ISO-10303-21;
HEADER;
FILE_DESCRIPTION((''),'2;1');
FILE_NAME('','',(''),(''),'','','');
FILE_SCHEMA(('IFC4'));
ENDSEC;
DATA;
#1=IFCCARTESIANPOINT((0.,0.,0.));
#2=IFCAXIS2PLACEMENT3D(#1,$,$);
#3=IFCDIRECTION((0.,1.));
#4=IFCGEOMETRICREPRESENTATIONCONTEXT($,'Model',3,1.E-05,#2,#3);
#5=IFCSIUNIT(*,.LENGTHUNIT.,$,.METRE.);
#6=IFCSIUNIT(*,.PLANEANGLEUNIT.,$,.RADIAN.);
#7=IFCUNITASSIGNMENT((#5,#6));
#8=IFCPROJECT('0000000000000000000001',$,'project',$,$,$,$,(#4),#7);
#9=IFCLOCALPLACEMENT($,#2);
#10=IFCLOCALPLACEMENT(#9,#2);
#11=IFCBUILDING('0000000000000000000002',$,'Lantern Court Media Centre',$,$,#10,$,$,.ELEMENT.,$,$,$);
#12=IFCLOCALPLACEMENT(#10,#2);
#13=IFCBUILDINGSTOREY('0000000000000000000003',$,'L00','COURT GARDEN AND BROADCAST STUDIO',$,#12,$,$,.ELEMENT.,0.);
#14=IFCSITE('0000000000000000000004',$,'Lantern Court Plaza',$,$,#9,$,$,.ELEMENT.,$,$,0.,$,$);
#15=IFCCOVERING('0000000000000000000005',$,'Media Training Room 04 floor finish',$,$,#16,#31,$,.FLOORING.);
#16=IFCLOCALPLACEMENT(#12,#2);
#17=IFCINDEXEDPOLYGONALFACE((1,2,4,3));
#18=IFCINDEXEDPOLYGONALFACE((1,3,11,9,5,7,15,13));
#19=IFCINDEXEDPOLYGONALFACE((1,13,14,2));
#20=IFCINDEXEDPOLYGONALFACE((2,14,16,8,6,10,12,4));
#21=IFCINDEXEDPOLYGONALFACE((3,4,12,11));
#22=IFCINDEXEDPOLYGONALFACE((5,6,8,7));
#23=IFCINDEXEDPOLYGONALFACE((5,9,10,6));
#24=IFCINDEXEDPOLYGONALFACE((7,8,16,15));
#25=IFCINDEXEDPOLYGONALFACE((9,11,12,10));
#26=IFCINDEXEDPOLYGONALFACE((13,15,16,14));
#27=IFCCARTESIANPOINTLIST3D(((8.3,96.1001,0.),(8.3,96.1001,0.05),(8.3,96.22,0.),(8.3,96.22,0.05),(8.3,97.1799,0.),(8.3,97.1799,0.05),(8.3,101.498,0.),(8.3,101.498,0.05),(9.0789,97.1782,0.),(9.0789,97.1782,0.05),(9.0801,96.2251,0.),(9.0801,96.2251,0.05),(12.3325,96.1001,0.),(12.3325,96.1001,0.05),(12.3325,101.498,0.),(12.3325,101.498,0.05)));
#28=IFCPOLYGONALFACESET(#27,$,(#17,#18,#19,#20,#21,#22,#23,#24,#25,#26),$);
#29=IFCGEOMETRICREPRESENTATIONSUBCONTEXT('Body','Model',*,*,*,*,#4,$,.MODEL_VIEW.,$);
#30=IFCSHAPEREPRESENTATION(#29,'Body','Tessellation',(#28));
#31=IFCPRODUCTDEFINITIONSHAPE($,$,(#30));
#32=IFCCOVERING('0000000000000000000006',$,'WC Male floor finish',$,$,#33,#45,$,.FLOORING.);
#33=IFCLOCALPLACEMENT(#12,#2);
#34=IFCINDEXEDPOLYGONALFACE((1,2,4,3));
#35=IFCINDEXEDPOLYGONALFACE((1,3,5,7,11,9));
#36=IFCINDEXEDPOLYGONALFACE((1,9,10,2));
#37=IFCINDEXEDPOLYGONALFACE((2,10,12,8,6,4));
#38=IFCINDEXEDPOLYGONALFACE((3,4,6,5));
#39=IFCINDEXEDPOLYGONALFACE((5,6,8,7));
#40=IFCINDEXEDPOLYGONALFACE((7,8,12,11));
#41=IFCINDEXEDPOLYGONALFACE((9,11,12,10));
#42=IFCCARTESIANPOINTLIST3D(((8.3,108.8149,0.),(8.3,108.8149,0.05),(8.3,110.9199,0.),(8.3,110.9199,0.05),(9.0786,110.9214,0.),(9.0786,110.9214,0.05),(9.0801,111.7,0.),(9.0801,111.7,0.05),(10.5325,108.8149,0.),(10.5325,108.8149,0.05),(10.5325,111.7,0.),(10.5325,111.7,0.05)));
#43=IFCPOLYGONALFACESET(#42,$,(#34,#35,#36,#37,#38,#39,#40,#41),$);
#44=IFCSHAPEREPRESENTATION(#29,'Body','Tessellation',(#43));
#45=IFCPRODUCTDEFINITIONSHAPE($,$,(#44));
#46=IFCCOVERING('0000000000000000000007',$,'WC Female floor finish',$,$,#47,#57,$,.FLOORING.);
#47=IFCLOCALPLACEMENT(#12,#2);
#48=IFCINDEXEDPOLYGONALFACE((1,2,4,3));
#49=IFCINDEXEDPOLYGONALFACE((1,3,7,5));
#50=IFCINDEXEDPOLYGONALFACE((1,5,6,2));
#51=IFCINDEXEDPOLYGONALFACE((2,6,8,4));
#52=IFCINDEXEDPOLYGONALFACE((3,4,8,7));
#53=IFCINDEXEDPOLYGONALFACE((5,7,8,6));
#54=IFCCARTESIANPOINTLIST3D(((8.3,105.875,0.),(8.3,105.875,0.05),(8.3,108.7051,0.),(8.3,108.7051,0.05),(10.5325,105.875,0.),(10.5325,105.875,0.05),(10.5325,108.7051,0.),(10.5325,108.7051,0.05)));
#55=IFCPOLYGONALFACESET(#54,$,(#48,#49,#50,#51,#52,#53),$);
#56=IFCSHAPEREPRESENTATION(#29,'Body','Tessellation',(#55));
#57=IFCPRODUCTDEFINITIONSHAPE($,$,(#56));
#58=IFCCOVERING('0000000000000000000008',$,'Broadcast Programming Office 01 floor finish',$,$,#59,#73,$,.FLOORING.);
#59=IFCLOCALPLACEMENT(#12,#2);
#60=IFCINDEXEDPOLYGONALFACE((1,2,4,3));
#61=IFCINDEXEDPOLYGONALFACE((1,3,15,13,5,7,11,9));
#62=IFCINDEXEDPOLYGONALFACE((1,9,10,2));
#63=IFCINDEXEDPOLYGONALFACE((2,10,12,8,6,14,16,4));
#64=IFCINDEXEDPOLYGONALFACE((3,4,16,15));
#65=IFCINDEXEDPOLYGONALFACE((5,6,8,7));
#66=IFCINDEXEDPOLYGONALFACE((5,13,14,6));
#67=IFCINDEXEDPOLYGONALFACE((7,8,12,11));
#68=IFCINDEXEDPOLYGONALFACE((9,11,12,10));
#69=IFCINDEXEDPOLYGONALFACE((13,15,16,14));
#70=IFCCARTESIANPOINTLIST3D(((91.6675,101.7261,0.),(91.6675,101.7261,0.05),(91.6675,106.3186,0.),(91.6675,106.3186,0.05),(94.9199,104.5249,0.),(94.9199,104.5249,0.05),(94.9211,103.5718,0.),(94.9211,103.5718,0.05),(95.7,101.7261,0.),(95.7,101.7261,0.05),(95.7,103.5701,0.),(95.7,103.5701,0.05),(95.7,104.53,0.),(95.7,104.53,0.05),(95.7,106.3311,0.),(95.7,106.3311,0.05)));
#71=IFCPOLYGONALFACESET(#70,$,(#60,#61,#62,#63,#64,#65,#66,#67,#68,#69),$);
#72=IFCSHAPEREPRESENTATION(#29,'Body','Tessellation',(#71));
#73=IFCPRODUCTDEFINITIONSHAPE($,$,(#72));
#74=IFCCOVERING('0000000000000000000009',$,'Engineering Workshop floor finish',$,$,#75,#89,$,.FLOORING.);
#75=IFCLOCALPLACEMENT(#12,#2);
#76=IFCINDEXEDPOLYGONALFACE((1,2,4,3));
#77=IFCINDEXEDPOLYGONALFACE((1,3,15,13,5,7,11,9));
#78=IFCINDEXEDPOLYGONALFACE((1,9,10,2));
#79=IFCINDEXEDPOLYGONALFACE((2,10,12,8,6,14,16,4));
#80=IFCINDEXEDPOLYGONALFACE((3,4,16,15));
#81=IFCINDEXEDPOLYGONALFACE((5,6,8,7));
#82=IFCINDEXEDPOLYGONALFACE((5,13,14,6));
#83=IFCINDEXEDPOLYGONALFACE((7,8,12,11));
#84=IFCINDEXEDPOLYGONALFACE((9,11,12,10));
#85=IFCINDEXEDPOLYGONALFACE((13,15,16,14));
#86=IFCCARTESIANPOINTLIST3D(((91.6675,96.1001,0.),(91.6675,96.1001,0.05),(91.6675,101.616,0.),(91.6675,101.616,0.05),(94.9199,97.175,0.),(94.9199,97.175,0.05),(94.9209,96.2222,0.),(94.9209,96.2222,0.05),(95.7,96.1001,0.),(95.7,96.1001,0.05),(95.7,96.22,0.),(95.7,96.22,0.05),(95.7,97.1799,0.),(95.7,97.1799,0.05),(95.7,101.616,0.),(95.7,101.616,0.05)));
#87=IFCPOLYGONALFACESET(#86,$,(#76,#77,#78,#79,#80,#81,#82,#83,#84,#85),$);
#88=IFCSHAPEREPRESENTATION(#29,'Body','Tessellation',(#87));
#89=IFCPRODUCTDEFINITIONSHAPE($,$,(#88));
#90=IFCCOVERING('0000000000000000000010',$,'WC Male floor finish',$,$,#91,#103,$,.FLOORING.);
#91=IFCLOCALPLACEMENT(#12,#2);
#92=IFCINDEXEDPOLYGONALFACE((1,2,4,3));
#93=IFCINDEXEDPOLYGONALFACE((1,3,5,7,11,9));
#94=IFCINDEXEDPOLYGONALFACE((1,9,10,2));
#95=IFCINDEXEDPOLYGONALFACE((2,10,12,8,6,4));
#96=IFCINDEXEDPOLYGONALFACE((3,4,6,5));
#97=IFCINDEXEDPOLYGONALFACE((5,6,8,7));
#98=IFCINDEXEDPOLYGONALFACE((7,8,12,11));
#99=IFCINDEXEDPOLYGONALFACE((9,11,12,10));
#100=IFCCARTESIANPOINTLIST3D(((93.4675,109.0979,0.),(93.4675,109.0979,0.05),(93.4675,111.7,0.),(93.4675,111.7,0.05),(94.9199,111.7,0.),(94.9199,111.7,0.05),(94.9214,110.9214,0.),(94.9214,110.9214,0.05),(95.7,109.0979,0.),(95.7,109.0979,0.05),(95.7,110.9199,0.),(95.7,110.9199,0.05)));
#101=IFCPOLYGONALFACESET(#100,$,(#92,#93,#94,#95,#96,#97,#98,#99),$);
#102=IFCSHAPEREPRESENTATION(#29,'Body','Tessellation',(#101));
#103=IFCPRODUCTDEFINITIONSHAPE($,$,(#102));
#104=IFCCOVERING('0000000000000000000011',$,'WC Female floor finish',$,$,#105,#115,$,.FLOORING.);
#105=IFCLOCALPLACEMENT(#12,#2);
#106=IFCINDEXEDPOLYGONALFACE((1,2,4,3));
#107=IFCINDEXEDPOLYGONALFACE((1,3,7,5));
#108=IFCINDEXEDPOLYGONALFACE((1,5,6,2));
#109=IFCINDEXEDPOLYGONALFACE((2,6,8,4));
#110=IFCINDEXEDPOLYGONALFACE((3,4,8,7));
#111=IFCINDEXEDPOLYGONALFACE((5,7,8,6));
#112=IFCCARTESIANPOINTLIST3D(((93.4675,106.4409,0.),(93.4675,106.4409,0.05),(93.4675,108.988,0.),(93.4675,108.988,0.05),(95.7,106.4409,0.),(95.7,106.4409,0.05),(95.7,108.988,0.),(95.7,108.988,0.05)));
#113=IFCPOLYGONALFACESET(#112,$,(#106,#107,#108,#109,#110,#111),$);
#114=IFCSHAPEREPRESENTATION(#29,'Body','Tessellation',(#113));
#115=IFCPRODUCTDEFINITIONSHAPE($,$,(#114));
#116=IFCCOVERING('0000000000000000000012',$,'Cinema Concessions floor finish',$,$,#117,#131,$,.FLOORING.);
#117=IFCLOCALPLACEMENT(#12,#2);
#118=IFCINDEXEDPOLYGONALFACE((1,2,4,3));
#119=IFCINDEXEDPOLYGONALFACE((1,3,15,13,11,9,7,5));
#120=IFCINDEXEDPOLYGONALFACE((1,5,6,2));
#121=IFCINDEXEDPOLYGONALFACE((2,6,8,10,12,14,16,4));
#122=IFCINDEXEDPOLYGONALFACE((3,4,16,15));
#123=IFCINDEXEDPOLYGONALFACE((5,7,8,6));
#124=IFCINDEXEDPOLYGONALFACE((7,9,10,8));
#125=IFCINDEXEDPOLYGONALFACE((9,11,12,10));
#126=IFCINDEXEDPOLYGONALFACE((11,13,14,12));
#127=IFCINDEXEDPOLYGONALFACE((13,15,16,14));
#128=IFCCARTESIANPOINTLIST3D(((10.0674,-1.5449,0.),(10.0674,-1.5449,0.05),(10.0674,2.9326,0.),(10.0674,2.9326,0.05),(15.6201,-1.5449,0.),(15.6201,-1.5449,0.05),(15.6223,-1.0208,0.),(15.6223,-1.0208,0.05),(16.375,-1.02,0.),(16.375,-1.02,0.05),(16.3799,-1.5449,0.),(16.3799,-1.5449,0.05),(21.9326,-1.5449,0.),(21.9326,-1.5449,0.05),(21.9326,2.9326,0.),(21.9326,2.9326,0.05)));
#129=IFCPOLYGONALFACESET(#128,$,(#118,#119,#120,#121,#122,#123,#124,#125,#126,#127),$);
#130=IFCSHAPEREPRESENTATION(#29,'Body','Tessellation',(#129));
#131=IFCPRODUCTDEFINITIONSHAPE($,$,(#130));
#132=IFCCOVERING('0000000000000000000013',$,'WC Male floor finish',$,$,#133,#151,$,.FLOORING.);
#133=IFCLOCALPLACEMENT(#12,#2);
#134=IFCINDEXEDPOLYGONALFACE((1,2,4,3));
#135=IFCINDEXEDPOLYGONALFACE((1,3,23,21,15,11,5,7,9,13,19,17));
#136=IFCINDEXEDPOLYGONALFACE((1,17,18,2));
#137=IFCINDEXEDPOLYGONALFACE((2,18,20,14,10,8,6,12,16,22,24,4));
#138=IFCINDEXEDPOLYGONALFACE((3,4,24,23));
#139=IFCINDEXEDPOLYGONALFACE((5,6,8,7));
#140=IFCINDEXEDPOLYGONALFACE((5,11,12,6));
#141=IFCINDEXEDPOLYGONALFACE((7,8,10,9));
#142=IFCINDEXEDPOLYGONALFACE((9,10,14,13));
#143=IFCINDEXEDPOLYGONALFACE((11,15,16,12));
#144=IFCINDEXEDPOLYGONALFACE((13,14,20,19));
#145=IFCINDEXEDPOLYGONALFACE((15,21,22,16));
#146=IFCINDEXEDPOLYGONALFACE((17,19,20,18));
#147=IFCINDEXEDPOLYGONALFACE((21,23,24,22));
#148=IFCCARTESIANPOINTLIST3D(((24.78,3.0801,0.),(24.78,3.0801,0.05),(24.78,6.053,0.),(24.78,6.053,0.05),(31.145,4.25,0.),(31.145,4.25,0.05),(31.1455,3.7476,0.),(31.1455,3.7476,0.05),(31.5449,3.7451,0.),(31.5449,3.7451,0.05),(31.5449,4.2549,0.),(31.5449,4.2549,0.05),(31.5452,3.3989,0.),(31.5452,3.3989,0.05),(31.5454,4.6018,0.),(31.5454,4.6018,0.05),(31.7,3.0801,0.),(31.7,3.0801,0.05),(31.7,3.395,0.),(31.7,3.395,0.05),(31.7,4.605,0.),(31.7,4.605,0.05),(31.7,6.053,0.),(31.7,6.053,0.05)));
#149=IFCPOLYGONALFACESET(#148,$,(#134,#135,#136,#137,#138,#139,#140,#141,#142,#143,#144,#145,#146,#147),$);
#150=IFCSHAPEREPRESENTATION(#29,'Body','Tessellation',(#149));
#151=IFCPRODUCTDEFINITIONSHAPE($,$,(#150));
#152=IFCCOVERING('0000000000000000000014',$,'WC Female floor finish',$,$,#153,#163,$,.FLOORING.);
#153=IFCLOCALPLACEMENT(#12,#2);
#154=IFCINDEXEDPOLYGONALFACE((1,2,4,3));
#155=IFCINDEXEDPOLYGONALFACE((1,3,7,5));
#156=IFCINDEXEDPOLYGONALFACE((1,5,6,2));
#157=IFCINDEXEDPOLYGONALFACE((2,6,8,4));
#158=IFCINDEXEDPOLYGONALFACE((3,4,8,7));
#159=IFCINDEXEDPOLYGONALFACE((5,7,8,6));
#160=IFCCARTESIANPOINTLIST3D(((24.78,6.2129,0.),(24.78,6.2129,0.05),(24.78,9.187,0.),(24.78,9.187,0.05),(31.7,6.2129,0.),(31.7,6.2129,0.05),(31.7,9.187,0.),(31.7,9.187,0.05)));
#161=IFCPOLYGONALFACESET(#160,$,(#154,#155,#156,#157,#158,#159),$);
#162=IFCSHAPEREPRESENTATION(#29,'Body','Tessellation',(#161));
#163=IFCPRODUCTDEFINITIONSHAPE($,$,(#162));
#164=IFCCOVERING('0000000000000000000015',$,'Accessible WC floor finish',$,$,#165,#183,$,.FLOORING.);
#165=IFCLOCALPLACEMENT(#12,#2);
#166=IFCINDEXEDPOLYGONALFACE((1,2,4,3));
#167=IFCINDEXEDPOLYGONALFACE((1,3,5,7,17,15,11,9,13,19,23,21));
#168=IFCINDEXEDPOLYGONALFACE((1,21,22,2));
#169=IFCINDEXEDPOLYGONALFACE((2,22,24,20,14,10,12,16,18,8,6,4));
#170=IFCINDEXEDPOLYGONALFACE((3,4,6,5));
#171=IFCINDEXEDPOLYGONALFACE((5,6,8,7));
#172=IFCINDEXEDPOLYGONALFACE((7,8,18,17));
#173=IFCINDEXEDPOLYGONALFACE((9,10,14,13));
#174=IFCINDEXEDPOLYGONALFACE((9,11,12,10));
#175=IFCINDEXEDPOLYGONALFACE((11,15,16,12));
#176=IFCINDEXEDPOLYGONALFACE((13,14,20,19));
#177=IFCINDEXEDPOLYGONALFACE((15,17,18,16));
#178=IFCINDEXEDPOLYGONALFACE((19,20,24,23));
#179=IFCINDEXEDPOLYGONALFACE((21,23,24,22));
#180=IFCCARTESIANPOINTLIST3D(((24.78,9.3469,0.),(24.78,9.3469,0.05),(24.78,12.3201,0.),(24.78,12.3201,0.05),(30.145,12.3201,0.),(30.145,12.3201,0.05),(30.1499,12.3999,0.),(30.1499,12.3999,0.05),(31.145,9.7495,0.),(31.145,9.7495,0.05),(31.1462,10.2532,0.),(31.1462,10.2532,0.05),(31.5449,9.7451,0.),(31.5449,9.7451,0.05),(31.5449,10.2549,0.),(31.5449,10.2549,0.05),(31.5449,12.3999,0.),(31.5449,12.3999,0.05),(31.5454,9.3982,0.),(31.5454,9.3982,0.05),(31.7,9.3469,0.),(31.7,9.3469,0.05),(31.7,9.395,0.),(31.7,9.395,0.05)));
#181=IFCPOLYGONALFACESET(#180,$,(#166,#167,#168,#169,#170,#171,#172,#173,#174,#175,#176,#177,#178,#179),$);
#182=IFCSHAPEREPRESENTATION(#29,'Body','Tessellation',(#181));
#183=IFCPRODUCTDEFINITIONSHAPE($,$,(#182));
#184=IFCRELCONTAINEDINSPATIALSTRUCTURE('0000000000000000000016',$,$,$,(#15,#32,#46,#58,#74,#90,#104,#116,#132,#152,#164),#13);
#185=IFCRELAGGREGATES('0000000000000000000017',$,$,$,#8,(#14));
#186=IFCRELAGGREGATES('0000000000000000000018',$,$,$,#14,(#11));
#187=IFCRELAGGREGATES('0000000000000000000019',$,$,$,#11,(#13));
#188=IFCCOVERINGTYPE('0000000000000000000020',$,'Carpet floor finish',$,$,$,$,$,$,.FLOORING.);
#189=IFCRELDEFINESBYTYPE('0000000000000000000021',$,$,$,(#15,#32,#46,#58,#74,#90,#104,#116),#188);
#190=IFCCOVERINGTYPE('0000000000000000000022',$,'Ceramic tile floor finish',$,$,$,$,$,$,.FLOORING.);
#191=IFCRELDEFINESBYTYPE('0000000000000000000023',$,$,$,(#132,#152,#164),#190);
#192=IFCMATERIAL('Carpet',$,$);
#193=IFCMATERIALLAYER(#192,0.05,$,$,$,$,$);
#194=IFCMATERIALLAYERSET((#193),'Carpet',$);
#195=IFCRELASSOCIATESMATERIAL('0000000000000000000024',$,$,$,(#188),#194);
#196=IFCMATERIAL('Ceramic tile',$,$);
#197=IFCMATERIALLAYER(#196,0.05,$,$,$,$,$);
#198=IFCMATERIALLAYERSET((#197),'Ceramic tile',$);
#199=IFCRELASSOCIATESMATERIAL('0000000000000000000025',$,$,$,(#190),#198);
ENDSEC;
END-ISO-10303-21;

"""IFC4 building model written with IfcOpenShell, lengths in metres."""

from ifc_helpers import new_model, si_unit, direction, origin, place, context, subcontext, project, spatial, polyline, outline, extrude, material, layer, layer_set, type_object, element, save


model = new_model("IFC4")

# Units and contexts
model_context = context("Model", 3, precision=1e-05, world=origin(), true_north=direction((0.0, 1.0)))
body_context = subcontext(model_context, "Body", "Model", "MODEL_VIEW")
ifc_project = project(units=[si_unit("LENGTHUNIT", "METRE"), si_unit("PLANEANGLEUNIT", "RADIAN")], contexts=[model_context])

# Site, building, storey
site_placement = place(None, origin())
site = spatial("IfcSite", under=ifc_project, at=site_placement, Name="Lantern Court Plaza", CompositionType="ELEMENT", RefElevation=0.0)
building_placement = place(site_placement, origin())
building = spatial("IfcBuilding", under=site, at=building_placement, Name="Lantern Court Media Centre", CompositionType="ELEMENT")
storey_placement = place(building_placement, origin())
storey = spatial("IfcBuildingStorey", under=building, at=storey_placement, Name="L00", Description="COURT GARDEN AND BROADCAST STUDIO", CompositionType="ELEMENT", Elevation=0.0)

# Coverings
ifc_material_1 = material(Name="Carpet")
ifc_layer_1 = layer(ifc_material_1, 0.05)
ifc_layer_set_1 = layer_set([ifc_layer_1], Name="Carpet")
covering_type_1 = type_object("IfcCoveringType", Name="Carpet floor finish", PredefinedType="FLOORING", material=ifc_layer_set_1)
covering_1_placement = place(storey_placement, origin())
element("IfcCovering", 1, at=covering_1_placement, inside=storey, type_object=covering_type_1, Name="Media Training Room 04 floor finish", PredefinedType="FLOORING", context=body_context, shape_type="SweptSolid", body=[
    extrude(outline(polyline([(8.3, 101.498), (12.3325, 101.498), (12.3325, 96.1001), (8.3, 96.1001), (8.3, 96.22), (9.0801, 96.2251), (9.0789, 97.1782), (8.3, 97.1799), (8.3, 101.498)])), origin(), (0.0, 0.0, 1.0), 0.05),
])
covering_2_placement = place(storey_placement, origin())
element("IfcCovering", 2, at=covering_2_placement, inside=storey, type_object=covering_type_1, Name="WC Male floor finish", PredefinedType="FLOORING", context=body_context, shape_type="SweptSolid", body=[
    extrude(outline(polyline([(10.5325, 111.7), (10.5325, 108.8149), (8.3, 108.8149), (8.3, 110.9199), (9.0786, 110.9214), (9.0801, 111.7), (10.5325, 111.7)])), origin(), (0.0, 0.0, 1.0), 0.05),
])
covering_3_placement = place(storey_placement, origin())
element("IfcCovering", 3, at=covering_3_placement, inside=storey, type_object=covering_type_1, Name="WC Female floor finish", PredefinedType="FLOORING", context=body_context, shape_type="SweptSolid", body=[
    extrude(outline(polyline([(8.3, 108.7051), (10.5325, 108.7051), (10.5325, 105.875), (8.3, 105.875), (8.3, 108.7051)])), origin(), (0.0, 0.0, 1.0), 0.05),
])
covering_4_placement = place(storey_placement, origin())
element("IfcCovering", 4, at=covering_4_placement, inside=storey, type_object=covering_type_1, Name="Broadcast Programming Office 01 floor finish", PredefinedType="FLOORING", context=body_context, shape_type="SweptSolid", body=[
    extrude(outline(polyline([(95.7, 101.7261), (91.6675, 101.7261), (91.6675, 106.3186), (95.7, 106.3311), (95.7, 104.53), (94.9199, 104.5249), (94.9211, 103.5718), (95.7, 103.5701), (95.7, 101.7261)])), origin(), (0.0, 0.0, 1.0), 0.05),
])
covering_5_placement = place(storey_placement, origin())
element("IfcCovering", 5, at=covering_5_placement, inside=storey, type_object=covering_type_1, Name="Engineering Workshop floor finish", PredefinedType="FLOORING", context=body_context, shape_type="SweptSolid", body=[
    extrude(outline(polyline([(95.7, 96.1001), (91.6675, 96.1001), (91.6675, 101.616), (95.7, 101.616), (95.7, 97.1799), (94.9199, 97.175), (94.9209, 96.2222), (95.7, 96.22), (95.7, 96.1001)])), origin(), (0.0, 0.0, 1.0), 0.05),
])
covering_6_placement = place(storey_placement, origin())
element("IfcCovering", 6, at=covering_6_placement, inside=storey, type_object=covering_type_1, Name="WC Male floor finish", PredefinedType="FLOORING", context=body_context, shape_type="SweptSolid", body=[
    extrude(outline(polyline([(95.7, 109.0979), (93.4675, 109.0979), (93.4675, 111.7), (94.9199, 111.7), (94.9214, 110.9214), (95.7, 110.9199), (95.7, 109.0979)])), origin(), (0.0, 0.0, 1.0), 0.05),
])
covering_7_placement = place(storey_placement, origin())
element("IfcCovering", 7, at=covering_7_placement, inside=storey, type_object=covering_type_1, Name="WC Female floor finish", PredefinedType="FLOORING", context=body_context, shape_type="SweptSolid", body=[
    extrude(outline(polyline([(95.7, 106.4409), (93.4675, 106.4409), (93.4675, 108.988), (95.7, 108.988), (95.7, 106.4409)])), origin(), (0.0, 0.0, 1.0), 0.05),
])
covering_8_placement = place(storey_placement, origin())
element("IfcCovering", 8, at=covering_8_placement, inside=storey, type_object=covering_type_1, Name="Cinema Concessions floor finish", PredefinedType="FLOORING", context=body_context, shape_type="SweptSolid", body=[
    extrude(outline(polyline([(16.3799, -1.5449), (16.375, -1.02), (15.6223, -1.0208), (15.6201, -1.5449), (10.0674, -1.5449), (10.0674, 2.9326), (21.9326, 2.9326), (21.9326, -1.5449), (16.3799, -1.5449)])), origin(), (0.0, 0.0, 1.0), 0.05),
])
ifc_material_2 = material(Name="Ceramic tile")
ifc_layer_2 = layer(ifc_material_2, 0.05)
ifc_layer_set_2 = layer_set([ifc_layer_2], Name="Ceramic tile")
covering_type_2 = type_object("IfcCoveringType", Name="Ceramic tile floor finish", PredefinedType="FLOORING", material=ifc_layer_set_2)
covering_9_placement = place(storey_placement, origin())
element("IfcCovering", 9, at=covering_9_placement, inside=storey, type_object=covering_type_2, Name="WC Male floor finish", PredefinedType="FLOORING", context=body_context, shape_type="SweptSolid", body=[
    extrude(outline(polyline([(31.7, 3.0801), (24.78, 3.0801), (24.78, 6.053), (31.7, 6.053), (31.7, 4.605), (31.5454, 4.6018), (31.5449, 4.2549), (31.145, 4.25), (31.1455, 3.7476), (31.5449, 3.7451), (31.5452, 3.3989), (31.7, 3.395), (31.7, 3.0801)])), origin(), (0.0, 0.0, 1.0), 0.05),
])
covering_10_placement = place(storey_placement, origin())
element("IfcCovering", 10, at=covering_10_placement, inside=storey, type_object=covering_type_2, Name="WC Female floor finish", PredefinedType="FLOORING", context=body_context, shape_type="SweptSolid", body=[
    extrude(outline(polyline([(31.7, 6.2129), (24.78, 6.2129), (24.78, 9.187), (31.7, 9.187), (31.7, 6.2129)])), origin(), (0.0, 0.0, 1.0), 0.05),
])
covering_11_placement = place(storey_placement, origin())
element("IfcCovering", 11, at=covering_11_placement, inside=storey, type_object=covering_type_2, Name="Accessible WC floor finish", PredefinedType="FLOORING", context=body_context, shape_type="SweptSolid", body=[
    extrude(outline(polyline([(31.7, 9.3469), (24.78, 9.3469), (24.78, 12.3201), (30.145, 12.3201), (30.1499, 12.3999), (31.5449, 12.3999), (31.5449, 10.2549), (31.1462, 10.2532), (31.145, 9.7495), (31.5449, 9.7451), (31.5454, 9.3982), (31.7, 9.395), (31.7, 9.3469)])), origin(), (0.0, 0.0, 1.0), 0.05),
])

save(model, "model.ifc")
